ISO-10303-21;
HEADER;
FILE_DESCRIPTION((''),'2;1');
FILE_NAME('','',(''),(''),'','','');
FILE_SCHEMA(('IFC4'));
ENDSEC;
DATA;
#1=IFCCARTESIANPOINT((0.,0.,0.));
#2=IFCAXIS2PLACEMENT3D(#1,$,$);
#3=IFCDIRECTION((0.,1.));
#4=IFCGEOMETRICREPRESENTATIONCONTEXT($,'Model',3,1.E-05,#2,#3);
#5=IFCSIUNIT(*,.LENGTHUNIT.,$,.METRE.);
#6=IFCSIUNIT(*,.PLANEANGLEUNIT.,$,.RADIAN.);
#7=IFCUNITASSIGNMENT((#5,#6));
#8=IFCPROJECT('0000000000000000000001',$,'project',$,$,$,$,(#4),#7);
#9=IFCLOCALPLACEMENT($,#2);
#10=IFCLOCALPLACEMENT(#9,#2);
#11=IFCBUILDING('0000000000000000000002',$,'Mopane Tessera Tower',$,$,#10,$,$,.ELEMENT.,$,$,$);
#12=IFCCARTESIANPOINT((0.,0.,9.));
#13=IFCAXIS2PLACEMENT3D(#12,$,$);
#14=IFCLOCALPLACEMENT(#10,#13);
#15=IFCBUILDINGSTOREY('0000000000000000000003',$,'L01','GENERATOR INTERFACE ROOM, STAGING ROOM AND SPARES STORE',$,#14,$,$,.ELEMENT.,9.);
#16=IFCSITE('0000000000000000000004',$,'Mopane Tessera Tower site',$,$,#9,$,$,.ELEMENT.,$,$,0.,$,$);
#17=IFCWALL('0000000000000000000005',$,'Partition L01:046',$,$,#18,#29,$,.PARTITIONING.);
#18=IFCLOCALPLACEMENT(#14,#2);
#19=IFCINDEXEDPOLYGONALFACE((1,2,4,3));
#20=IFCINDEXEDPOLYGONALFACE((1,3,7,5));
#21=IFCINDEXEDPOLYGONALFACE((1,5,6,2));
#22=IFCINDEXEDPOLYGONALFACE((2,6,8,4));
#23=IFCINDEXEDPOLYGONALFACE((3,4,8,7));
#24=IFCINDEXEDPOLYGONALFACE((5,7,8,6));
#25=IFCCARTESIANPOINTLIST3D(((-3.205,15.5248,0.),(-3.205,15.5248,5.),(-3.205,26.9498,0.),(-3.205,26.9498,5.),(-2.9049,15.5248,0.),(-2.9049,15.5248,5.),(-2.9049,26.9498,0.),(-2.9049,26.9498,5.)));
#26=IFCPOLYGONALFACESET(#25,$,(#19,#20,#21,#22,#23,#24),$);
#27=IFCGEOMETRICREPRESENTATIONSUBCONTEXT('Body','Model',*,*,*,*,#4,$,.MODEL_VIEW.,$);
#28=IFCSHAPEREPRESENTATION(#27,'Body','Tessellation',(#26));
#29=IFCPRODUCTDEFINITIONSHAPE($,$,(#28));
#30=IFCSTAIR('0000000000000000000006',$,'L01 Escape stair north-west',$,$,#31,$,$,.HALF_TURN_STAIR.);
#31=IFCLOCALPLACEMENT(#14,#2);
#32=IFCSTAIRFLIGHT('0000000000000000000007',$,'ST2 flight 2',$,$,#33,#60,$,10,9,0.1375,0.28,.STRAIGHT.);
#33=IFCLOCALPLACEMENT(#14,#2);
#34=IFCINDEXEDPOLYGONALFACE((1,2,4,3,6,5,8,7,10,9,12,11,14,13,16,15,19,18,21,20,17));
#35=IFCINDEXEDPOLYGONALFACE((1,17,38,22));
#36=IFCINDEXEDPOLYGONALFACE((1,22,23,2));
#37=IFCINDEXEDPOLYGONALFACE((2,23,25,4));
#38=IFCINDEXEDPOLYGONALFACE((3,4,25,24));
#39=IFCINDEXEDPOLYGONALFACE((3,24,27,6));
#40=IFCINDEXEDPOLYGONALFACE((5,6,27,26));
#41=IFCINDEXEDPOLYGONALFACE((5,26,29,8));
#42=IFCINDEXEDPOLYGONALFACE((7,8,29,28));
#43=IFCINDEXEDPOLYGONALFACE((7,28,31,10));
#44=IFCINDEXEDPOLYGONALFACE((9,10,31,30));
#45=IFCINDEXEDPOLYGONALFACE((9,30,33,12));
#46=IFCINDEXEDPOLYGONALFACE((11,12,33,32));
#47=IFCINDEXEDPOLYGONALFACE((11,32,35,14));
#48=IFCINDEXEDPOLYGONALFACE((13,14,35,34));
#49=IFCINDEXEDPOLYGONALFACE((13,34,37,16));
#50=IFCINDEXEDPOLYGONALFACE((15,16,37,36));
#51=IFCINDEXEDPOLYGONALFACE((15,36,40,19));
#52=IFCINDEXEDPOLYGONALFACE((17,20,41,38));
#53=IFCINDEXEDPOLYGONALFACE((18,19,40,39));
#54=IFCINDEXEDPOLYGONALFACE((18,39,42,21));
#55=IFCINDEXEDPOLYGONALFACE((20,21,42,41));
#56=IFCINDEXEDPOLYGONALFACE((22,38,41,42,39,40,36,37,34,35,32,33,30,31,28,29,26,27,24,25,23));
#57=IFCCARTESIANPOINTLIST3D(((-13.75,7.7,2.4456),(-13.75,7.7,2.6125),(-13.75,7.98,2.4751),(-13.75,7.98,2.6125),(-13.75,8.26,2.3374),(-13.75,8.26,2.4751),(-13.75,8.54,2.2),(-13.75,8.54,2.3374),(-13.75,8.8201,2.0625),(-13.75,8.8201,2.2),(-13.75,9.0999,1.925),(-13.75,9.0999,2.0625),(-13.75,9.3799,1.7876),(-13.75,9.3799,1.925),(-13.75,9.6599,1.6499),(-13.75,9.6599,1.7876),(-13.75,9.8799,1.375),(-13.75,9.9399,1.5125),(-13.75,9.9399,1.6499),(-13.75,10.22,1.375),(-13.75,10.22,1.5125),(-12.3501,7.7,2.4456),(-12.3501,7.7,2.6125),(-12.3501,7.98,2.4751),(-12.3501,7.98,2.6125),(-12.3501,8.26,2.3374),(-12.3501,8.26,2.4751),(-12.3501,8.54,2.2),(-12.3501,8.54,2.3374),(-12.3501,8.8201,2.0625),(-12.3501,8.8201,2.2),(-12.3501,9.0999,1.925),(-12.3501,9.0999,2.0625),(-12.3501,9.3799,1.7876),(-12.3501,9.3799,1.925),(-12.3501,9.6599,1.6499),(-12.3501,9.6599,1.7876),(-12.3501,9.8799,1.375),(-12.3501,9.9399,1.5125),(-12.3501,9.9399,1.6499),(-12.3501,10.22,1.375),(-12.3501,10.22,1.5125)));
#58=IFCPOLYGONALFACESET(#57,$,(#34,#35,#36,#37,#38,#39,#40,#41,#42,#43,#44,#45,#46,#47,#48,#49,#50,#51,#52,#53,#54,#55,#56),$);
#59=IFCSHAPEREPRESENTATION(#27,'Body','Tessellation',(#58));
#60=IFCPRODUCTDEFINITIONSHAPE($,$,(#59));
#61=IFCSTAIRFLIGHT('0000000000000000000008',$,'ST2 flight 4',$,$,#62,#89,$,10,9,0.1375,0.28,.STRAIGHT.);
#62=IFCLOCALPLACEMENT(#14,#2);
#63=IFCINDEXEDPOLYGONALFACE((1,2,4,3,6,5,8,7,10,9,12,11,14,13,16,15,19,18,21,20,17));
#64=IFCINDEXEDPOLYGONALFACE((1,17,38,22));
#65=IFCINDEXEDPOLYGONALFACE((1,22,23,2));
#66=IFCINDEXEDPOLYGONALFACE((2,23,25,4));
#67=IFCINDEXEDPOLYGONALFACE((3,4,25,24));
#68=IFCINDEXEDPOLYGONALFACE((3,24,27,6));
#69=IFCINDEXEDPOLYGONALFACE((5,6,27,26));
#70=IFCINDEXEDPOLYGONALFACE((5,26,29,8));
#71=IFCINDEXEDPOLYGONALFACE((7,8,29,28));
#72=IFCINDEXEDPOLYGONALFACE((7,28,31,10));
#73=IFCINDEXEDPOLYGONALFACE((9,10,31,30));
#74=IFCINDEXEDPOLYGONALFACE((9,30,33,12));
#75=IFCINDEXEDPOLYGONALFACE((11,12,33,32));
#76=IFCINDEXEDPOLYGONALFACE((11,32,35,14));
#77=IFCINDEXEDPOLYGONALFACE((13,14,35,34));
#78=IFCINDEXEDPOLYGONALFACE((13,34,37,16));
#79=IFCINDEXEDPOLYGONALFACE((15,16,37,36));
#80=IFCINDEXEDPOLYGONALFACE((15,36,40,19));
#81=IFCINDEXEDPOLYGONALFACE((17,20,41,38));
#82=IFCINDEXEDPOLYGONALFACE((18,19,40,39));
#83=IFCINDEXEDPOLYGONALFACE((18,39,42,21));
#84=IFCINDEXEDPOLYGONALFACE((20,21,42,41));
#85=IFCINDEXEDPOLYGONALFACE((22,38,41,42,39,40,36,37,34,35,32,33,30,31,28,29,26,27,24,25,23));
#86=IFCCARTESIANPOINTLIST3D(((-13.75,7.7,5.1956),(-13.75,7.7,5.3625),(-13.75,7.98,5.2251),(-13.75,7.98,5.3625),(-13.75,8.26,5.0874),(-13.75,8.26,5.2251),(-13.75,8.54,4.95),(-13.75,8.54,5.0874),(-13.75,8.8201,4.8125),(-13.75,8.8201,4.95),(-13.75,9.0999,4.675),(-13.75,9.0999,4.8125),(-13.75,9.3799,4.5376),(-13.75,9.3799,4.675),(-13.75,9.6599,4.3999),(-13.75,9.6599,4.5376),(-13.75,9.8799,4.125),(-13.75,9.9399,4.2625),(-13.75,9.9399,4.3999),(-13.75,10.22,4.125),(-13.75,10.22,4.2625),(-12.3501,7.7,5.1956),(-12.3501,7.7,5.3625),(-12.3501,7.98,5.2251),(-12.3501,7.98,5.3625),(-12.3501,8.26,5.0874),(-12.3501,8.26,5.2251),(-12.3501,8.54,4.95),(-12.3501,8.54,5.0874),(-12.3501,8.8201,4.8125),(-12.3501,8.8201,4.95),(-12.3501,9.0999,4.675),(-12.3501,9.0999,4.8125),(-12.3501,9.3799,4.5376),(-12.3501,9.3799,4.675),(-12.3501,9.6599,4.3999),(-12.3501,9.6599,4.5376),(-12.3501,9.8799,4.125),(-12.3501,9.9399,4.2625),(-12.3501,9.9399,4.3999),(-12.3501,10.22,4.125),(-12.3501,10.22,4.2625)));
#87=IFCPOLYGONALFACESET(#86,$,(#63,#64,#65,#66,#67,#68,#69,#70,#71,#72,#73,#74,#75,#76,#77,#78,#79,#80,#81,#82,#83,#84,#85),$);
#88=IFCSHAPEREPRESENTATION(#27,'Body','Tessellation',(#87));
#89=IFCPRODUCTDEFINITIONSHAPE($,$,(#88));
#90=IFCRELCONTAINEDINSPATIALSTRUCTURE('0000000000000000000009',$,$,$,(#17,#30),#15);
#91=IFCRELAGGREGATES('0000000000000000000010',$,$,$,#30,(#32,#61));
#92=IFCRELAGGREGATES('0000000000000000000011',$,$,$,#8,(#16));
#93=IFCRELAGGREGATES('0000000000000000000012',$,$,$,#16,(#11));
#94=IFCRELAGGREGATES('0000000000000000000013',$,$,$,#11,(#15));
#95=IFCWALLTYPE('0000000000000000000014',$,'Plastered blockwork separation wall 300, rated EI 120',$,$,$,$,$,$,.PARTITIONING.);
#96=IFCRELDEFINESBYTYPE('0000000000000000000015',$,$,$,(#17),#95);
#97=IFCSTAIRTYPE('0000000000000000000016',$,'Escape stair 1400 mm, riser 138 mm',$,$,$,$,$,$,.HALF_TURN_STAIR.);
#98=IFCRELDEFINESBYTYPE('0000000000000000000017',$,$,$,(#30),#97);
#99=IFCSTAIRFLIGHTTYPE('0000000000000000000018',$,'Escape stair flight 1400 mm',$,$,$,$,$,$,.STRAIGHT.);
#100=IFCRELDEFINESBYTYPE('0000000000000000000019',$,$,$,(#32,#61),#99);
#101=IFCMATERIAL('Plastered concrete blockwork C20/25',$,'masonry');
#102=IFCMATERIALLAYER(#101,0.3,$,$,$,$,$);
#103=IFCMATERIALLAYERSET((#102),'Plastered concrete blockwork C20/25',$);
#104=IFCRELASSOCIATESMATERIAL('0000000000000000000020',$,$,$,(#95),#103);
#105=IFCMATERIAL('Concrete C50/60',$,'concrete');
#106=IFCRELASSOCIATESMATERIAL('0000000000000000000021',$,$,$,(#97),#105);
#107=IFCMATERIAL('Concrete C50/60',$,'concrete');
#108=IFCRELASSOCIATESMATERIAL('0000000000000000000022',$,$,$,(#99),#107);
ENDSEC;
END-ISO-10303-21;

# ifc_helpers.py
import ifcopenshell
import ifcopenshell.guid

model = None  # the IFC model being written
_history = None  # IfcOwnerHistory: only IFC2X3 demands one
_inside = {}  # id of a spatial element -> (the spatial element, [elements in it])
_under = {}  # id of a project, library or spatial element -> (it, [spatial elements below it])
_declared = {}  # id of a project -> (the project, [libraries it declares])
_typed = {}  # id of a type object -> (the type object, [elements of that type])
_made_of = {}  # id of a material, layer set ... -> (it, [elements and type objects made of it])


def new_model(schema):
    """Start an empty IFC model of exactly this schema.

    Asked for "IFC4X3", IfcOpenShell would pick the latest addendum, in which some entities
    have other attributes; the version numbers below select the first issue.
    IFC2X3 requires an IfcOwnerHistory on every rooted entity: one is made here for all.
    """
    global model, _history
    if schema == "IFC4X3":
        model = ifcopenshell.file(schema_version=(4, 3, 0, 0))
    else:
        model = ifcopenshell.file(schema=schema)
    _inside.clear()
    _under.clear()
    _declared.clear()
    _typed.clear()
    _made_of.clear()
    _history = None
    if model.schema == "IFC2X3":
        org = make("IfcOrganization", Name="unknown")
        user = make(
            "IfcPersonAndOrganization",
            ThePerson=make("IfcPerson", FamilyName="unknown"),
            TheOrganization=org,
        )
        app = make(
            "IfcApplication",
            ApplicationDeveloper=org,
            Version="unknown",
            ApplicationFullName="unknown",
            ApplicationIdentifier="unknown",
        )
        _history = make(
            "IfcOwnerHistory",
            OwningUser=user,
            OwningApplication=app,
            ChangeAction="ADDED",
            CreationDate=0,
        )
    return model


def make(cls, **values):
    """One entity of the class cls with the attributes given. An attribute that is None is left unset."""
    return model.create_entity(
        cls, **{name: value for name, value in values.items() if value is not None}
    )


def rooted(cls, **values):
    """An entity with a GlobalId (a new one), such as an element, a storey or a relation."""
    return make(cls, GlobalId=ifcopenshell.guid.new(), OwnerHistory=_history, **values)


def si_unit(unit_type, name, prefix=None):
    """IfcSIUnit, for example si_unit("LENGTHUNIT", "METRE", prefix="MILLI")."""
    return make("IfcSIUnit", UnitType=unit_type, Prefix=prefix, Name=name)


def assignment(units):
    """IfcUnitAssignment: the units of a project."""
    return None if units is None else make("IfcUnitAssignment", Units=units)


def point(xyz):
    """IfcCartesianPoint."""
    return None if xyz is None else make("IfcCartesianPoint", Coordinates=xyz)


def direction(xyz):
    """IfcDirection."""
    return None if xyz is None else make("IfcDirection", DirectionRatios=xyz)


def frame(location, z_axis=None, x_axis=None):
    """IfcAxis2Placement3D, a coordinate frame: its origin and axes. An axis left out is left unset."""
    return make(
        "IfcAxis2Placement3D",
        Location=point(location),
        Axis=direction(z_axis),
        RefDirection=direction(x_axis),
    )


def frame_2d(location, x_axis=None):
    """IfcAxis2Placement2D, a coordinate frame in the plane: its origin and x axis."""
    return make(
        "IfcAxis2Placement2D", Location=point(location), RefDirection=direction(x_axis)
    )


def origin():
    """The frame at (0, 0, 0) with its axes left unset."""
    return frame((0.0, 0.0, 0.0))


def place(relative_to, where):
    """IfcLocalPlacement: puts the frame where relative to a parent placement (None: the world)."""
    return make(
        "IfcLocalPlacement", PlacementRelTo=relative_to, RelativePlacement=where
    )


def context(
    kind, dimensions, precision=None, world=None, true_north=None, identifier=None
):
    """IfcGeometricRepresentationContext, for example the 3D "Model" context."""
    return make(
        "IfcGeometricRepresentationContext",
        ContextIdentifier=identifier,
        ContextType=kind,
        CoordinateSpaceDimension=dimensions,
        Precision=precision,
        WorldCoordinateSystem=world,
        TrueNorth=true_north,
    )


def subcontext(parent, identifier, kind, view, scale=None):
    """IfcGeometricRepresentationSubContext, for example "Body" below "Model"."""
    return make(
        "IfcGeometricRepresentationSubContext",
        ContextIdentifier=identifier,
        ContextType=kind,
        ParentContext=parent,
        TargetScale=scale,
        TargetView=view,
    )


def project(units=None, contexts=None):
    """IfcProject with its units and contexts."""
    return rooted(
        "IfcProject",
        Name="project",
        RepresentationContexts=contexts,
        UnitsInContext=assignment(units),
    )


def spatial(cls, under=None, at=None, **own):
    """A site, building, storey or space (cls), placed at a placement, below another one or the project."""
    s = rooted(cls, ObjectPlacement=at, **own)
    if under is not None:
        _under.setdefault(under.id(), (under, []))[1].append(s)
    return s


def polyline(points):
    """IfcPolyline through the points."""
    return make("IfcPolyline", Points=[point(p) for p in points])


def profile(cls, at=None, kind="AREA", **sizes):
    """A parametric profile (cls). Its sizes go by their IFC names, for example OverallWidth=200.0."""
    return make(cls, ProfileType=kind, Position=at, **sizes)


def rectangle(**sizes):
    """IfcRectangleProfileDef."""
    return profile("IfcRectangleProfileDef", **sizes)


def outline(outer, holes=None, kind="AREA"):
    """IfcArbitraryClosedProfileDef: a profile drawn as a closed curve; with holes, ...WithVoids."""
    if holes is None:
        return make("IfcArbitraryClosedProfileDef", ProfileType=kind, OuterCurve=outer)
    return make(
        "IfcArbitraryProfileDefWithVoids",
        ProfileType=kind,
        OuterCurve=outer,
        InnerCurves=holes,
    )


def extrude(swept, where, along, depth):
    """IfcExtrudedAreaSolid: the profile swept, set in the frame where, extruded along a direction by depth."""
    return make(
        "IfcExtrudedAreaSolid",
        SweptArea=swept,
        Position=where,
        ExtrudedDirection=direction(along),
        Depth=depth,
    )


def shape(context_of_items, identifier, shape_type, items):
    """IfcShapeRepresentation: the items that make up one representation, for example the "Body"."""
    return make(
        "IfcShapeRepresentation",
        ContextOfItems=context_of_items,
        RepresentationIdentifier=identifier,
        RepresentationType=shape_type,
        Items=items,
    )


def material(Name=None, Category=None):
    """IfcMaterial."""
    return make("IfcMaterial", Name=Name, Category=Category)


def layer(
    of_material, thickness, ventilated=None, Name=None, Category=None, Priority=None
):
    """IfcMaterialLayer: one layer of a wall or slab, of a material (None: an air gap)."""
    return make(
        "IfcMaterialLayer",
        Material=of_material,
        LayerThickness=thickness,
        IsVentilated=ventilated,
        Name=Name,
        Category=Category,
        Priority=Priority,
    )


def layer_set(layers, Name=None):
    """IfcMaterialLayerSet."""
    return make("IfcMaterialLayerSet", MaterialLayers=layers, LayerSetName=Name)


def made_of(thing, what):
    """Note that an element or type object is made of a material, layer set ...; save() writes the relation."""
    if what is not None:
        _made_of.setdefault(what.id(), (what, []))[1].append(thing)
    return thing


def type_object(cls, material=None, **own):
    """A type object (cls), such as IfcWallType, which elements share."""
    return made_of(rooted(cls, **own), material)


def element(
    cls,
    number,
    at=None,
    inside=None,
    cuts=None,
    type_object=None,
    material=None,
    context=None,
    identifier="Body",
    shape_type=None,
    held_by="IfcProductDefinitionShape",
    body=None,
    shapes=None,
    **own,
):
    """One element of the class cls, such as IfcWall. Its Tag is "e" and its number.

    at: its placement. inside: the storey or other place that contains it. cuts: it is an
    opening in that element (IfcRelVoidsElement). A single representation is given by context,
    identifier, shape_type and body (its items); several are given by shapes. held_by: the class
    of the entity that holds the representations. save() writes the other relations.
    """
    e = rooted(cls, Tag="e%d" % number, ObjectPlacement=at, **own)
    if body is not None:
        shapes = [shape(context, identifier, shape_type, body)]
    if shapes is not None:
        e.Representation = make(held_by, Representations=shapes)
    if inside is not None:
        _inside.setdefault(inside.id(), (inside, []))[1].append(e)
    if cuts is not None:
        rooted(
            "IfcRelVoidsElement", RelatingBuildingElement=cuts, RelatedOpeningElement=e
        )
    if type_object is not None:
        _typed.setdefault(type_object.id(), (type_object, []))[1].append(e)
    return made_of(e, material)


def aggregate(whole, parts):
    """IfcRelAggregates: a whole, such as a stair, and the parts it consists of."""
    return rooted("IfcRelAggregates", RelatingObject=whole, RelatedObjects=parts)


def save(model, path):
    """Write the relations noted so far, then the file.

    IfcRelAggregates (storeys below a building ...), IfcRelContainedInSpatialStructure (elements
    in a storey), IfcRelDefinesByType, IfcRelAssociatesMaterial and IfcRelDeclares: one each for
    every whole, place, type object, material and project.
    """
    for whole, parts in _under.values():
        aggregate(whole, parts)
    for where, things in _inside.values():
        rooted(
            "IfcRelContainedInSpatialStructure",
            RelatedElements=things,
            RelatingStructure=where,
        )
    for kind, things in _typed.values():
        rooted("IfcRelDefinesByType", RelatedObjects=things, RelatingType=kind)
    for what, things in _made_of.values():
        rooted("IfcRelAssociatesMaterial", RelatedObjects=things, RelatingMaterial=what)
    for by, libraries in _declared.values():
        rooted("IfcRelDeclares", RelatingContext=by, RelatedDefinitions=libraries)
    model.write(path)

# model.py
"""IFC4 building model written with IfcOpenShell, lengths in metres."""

from ifc_helpers import new_model, si_unit, direction, frame, frame_2d, origin, place, context, subcontext, project, spatial, polyline, rectangle, outline, extrude, material, layer, layer_set, type_object, element, aggregate, save


model = new_model("IFC4")

# Units and contexts
model_context = context("Model", 3, precision=1e-05, world=origin(), true_north=direction((0.0, 1.0)))
body_context = subcontext(model_context, "Body", "Model", "MODEL_VIEW")
ifc_project = project(units=[si_unit("LENGTHUNIT", "METRE"), si_unit("PLANEANGLEUNIT", "RADIAN")], contexts=[model_context])

# Site, building, storey
site_placement = place(None, origin())
site = spatial("IfcSite", under=ifc_project, at=site_placement, Name="Mopane Tessera Tower site", CompositionType="ELEMENT", RefElevation=0.0)
building_placement = place(site_placement, origin())
building = spatial("IfcBuilding", under=site, at=building_placement, Name="Mopane Tessera Tower", CompositionType="ELEMENT")
storey_placement = place(building_placement, frame((0.0, 0.0, 9.0)))
storey = spatial("IfcBuildingStorey", under=building, at=storey_placement, Name="L01", Description="GENERATOR INTERFACE ROOM, STAGING ROOM AND SPARES STORE", CompositionType="ELEMENT", Elevation=9.0)

# Wall
ifc_material_1 = material(Name="Plastered concrete blockwork C20/25", Category="masonry")
ifc_layer_1 = layer(ifc_material_1, 0.3)
ifc_layer_set_1 = layer_set([ifc_layer_1], Name="Plastered concrete blockwork C20/25")
wall_type_1 = type_object("IfcWallType", Name="Plastered blockwork separation wall 300, rated EI 120", PredefinedType="PARTITIONING", material=ifc_layer_set_1)
wall_1_placement = place(storey_placement, frame((-3.0549, 15.5249, 0.0), z_axis=(0.0, 0.0, 1.0), x_axis=(0.0, 1.0, 0.0)))
element("IfcWall", 1, at=wall_1_placement, inside=storey, type_object=wall_type_1, Name="Partition L01:046", PredefinedType="PARTITIONING", context=body_context, shape_type="SweptSolid", body=[
    extrude(rectangle(XDim=11.425, YDim=0.3, at=frame_2d((5.7124, 0.0))), origin(), (0.0, 0.0, 1.0), 5.0),
])

# Stair, stair flights
ifc_material_2 = material(Name="Concrete C50/60", Category="concrete")
stair_type = type_object("IfcStairType", Name="Escape stair 1400 mm, riser 138 mm", PredefinedType="HALF_TURN_STAIR", material=ifc_material_2)
stair_placement = place(storey_placement, origin())
stair = element("IfcStair", 2, at=stair_placement, inside=storey, type_object=stair_type, Name="L01 Escape stair north-west", PredefinedType="HALF_TURN_STAIR")
ifc_material_3 = material(Name="Concrete C50/60", Category="concrete")
stair_flight_type = type_object("IfcStairFlightType", Name="Escape stair flight 1400 mm", PredefinedType="STRAIGHT", material=ifc_material_3)
stair_flight_1_placement = place(storey_placement, frame((-13.05, 10.22, 1.375), z_axis=(0.0, 0.0, 1.0), x_axis=(0.0, -1.0, 0.0)))
stair_flight_1 = element("IfcStairFlight", 3, at=stair_flight_1_placement, type_object=stair_flight_type, Name="ST2 flight 2", NumberOfRisers=10, NumberOfTreads=9, PredefinedType="STRAIGHT", RiserHeight=0.1375, TreadLength=0.28, context=body_context, shape_type="SweptSolid", body=[
    extrude(outline(polyline([(0.0, 0.0), (0.0, 0.1375), (0.28, 0.1375), (0.28, 0.2749), (0.5601, 0.2749), (0.5601, 0.4126), (0.8401, 0.4126), (0.8401, 0.55), (1.1201, 0.55), (1.1201, 0.6875), (1.3999, 0.6875), (1.3999, 0.825), (1.6799, 0.825), (1.6799, 0.9624), (1.96, 0.9624), (1.96, 1.1001), (2.24, 1.1001), (2.24, 1.2375), (2.52, 1.2375), (2.52, 1.375), (2.52, 1.0706), (0.3401, 0.0), (0.0, 0.0)])), frame((0.0, 0.7, 0.0), z_axis=(0.0, -1.0, 0.0), x_axis=(1.0, 0.0, 0.0)), (0.0, 0.0, 1.0), 1.3999),
])
stair_flight_2_placement = place(storey_placement, frame((-13.05, 10.22, 4.125), z_axis=(0.0, 0.0, 1.0), x_axis=(0.0, -1.0, 0.0)))
stair_flight_2 = element("IfcStairFlight", 4, at=stair_flight_2_placement, type_object=stair_flight_type, Name="ST2 flight 4", NumberOfRisers=10, NumberOfTreads=9, PredefinedType="STRAIGHT", RiserHeight=0.1375, TreadLength=0.28, context=body_context, shape_type="SweptSolid", body=[
    extrude(outline(polyline([(0.0, 0.0), (0.0, 0.1375), (0.28, 0.1375), (0.28, 0.2749), (0.5601, 0.2749), (0.5601, 0.4126), (0.8401, 0.4126), (0.8401, 0.55), (1.1201, 0.55), (1.1201, 0.6875), (1.3999, 0.6875), (1.3999, 0.825), (1.6799, 0.825), (1.6799, 0.9624), (1.96, 0.9624), (1.96, 1.1001), (2.24, 1.1001), (2.24, 1.2375), (2.52, 1.2375), (2.52, 1.375), (2.52, 1.0706), (0.3401, 0.0), (0.0, 0.0)])), frame((0.0, 0.7, 0.0), z_axis=(0.0, -1.0, 0.0), x_axis=(1.0, 0.0, 0.0)), (0.0, 0.0, 1.0), 1.3999),
])
aggregate(stair, [stair_flight_1, stair_flight_2])

save(model, "model.ifc")
